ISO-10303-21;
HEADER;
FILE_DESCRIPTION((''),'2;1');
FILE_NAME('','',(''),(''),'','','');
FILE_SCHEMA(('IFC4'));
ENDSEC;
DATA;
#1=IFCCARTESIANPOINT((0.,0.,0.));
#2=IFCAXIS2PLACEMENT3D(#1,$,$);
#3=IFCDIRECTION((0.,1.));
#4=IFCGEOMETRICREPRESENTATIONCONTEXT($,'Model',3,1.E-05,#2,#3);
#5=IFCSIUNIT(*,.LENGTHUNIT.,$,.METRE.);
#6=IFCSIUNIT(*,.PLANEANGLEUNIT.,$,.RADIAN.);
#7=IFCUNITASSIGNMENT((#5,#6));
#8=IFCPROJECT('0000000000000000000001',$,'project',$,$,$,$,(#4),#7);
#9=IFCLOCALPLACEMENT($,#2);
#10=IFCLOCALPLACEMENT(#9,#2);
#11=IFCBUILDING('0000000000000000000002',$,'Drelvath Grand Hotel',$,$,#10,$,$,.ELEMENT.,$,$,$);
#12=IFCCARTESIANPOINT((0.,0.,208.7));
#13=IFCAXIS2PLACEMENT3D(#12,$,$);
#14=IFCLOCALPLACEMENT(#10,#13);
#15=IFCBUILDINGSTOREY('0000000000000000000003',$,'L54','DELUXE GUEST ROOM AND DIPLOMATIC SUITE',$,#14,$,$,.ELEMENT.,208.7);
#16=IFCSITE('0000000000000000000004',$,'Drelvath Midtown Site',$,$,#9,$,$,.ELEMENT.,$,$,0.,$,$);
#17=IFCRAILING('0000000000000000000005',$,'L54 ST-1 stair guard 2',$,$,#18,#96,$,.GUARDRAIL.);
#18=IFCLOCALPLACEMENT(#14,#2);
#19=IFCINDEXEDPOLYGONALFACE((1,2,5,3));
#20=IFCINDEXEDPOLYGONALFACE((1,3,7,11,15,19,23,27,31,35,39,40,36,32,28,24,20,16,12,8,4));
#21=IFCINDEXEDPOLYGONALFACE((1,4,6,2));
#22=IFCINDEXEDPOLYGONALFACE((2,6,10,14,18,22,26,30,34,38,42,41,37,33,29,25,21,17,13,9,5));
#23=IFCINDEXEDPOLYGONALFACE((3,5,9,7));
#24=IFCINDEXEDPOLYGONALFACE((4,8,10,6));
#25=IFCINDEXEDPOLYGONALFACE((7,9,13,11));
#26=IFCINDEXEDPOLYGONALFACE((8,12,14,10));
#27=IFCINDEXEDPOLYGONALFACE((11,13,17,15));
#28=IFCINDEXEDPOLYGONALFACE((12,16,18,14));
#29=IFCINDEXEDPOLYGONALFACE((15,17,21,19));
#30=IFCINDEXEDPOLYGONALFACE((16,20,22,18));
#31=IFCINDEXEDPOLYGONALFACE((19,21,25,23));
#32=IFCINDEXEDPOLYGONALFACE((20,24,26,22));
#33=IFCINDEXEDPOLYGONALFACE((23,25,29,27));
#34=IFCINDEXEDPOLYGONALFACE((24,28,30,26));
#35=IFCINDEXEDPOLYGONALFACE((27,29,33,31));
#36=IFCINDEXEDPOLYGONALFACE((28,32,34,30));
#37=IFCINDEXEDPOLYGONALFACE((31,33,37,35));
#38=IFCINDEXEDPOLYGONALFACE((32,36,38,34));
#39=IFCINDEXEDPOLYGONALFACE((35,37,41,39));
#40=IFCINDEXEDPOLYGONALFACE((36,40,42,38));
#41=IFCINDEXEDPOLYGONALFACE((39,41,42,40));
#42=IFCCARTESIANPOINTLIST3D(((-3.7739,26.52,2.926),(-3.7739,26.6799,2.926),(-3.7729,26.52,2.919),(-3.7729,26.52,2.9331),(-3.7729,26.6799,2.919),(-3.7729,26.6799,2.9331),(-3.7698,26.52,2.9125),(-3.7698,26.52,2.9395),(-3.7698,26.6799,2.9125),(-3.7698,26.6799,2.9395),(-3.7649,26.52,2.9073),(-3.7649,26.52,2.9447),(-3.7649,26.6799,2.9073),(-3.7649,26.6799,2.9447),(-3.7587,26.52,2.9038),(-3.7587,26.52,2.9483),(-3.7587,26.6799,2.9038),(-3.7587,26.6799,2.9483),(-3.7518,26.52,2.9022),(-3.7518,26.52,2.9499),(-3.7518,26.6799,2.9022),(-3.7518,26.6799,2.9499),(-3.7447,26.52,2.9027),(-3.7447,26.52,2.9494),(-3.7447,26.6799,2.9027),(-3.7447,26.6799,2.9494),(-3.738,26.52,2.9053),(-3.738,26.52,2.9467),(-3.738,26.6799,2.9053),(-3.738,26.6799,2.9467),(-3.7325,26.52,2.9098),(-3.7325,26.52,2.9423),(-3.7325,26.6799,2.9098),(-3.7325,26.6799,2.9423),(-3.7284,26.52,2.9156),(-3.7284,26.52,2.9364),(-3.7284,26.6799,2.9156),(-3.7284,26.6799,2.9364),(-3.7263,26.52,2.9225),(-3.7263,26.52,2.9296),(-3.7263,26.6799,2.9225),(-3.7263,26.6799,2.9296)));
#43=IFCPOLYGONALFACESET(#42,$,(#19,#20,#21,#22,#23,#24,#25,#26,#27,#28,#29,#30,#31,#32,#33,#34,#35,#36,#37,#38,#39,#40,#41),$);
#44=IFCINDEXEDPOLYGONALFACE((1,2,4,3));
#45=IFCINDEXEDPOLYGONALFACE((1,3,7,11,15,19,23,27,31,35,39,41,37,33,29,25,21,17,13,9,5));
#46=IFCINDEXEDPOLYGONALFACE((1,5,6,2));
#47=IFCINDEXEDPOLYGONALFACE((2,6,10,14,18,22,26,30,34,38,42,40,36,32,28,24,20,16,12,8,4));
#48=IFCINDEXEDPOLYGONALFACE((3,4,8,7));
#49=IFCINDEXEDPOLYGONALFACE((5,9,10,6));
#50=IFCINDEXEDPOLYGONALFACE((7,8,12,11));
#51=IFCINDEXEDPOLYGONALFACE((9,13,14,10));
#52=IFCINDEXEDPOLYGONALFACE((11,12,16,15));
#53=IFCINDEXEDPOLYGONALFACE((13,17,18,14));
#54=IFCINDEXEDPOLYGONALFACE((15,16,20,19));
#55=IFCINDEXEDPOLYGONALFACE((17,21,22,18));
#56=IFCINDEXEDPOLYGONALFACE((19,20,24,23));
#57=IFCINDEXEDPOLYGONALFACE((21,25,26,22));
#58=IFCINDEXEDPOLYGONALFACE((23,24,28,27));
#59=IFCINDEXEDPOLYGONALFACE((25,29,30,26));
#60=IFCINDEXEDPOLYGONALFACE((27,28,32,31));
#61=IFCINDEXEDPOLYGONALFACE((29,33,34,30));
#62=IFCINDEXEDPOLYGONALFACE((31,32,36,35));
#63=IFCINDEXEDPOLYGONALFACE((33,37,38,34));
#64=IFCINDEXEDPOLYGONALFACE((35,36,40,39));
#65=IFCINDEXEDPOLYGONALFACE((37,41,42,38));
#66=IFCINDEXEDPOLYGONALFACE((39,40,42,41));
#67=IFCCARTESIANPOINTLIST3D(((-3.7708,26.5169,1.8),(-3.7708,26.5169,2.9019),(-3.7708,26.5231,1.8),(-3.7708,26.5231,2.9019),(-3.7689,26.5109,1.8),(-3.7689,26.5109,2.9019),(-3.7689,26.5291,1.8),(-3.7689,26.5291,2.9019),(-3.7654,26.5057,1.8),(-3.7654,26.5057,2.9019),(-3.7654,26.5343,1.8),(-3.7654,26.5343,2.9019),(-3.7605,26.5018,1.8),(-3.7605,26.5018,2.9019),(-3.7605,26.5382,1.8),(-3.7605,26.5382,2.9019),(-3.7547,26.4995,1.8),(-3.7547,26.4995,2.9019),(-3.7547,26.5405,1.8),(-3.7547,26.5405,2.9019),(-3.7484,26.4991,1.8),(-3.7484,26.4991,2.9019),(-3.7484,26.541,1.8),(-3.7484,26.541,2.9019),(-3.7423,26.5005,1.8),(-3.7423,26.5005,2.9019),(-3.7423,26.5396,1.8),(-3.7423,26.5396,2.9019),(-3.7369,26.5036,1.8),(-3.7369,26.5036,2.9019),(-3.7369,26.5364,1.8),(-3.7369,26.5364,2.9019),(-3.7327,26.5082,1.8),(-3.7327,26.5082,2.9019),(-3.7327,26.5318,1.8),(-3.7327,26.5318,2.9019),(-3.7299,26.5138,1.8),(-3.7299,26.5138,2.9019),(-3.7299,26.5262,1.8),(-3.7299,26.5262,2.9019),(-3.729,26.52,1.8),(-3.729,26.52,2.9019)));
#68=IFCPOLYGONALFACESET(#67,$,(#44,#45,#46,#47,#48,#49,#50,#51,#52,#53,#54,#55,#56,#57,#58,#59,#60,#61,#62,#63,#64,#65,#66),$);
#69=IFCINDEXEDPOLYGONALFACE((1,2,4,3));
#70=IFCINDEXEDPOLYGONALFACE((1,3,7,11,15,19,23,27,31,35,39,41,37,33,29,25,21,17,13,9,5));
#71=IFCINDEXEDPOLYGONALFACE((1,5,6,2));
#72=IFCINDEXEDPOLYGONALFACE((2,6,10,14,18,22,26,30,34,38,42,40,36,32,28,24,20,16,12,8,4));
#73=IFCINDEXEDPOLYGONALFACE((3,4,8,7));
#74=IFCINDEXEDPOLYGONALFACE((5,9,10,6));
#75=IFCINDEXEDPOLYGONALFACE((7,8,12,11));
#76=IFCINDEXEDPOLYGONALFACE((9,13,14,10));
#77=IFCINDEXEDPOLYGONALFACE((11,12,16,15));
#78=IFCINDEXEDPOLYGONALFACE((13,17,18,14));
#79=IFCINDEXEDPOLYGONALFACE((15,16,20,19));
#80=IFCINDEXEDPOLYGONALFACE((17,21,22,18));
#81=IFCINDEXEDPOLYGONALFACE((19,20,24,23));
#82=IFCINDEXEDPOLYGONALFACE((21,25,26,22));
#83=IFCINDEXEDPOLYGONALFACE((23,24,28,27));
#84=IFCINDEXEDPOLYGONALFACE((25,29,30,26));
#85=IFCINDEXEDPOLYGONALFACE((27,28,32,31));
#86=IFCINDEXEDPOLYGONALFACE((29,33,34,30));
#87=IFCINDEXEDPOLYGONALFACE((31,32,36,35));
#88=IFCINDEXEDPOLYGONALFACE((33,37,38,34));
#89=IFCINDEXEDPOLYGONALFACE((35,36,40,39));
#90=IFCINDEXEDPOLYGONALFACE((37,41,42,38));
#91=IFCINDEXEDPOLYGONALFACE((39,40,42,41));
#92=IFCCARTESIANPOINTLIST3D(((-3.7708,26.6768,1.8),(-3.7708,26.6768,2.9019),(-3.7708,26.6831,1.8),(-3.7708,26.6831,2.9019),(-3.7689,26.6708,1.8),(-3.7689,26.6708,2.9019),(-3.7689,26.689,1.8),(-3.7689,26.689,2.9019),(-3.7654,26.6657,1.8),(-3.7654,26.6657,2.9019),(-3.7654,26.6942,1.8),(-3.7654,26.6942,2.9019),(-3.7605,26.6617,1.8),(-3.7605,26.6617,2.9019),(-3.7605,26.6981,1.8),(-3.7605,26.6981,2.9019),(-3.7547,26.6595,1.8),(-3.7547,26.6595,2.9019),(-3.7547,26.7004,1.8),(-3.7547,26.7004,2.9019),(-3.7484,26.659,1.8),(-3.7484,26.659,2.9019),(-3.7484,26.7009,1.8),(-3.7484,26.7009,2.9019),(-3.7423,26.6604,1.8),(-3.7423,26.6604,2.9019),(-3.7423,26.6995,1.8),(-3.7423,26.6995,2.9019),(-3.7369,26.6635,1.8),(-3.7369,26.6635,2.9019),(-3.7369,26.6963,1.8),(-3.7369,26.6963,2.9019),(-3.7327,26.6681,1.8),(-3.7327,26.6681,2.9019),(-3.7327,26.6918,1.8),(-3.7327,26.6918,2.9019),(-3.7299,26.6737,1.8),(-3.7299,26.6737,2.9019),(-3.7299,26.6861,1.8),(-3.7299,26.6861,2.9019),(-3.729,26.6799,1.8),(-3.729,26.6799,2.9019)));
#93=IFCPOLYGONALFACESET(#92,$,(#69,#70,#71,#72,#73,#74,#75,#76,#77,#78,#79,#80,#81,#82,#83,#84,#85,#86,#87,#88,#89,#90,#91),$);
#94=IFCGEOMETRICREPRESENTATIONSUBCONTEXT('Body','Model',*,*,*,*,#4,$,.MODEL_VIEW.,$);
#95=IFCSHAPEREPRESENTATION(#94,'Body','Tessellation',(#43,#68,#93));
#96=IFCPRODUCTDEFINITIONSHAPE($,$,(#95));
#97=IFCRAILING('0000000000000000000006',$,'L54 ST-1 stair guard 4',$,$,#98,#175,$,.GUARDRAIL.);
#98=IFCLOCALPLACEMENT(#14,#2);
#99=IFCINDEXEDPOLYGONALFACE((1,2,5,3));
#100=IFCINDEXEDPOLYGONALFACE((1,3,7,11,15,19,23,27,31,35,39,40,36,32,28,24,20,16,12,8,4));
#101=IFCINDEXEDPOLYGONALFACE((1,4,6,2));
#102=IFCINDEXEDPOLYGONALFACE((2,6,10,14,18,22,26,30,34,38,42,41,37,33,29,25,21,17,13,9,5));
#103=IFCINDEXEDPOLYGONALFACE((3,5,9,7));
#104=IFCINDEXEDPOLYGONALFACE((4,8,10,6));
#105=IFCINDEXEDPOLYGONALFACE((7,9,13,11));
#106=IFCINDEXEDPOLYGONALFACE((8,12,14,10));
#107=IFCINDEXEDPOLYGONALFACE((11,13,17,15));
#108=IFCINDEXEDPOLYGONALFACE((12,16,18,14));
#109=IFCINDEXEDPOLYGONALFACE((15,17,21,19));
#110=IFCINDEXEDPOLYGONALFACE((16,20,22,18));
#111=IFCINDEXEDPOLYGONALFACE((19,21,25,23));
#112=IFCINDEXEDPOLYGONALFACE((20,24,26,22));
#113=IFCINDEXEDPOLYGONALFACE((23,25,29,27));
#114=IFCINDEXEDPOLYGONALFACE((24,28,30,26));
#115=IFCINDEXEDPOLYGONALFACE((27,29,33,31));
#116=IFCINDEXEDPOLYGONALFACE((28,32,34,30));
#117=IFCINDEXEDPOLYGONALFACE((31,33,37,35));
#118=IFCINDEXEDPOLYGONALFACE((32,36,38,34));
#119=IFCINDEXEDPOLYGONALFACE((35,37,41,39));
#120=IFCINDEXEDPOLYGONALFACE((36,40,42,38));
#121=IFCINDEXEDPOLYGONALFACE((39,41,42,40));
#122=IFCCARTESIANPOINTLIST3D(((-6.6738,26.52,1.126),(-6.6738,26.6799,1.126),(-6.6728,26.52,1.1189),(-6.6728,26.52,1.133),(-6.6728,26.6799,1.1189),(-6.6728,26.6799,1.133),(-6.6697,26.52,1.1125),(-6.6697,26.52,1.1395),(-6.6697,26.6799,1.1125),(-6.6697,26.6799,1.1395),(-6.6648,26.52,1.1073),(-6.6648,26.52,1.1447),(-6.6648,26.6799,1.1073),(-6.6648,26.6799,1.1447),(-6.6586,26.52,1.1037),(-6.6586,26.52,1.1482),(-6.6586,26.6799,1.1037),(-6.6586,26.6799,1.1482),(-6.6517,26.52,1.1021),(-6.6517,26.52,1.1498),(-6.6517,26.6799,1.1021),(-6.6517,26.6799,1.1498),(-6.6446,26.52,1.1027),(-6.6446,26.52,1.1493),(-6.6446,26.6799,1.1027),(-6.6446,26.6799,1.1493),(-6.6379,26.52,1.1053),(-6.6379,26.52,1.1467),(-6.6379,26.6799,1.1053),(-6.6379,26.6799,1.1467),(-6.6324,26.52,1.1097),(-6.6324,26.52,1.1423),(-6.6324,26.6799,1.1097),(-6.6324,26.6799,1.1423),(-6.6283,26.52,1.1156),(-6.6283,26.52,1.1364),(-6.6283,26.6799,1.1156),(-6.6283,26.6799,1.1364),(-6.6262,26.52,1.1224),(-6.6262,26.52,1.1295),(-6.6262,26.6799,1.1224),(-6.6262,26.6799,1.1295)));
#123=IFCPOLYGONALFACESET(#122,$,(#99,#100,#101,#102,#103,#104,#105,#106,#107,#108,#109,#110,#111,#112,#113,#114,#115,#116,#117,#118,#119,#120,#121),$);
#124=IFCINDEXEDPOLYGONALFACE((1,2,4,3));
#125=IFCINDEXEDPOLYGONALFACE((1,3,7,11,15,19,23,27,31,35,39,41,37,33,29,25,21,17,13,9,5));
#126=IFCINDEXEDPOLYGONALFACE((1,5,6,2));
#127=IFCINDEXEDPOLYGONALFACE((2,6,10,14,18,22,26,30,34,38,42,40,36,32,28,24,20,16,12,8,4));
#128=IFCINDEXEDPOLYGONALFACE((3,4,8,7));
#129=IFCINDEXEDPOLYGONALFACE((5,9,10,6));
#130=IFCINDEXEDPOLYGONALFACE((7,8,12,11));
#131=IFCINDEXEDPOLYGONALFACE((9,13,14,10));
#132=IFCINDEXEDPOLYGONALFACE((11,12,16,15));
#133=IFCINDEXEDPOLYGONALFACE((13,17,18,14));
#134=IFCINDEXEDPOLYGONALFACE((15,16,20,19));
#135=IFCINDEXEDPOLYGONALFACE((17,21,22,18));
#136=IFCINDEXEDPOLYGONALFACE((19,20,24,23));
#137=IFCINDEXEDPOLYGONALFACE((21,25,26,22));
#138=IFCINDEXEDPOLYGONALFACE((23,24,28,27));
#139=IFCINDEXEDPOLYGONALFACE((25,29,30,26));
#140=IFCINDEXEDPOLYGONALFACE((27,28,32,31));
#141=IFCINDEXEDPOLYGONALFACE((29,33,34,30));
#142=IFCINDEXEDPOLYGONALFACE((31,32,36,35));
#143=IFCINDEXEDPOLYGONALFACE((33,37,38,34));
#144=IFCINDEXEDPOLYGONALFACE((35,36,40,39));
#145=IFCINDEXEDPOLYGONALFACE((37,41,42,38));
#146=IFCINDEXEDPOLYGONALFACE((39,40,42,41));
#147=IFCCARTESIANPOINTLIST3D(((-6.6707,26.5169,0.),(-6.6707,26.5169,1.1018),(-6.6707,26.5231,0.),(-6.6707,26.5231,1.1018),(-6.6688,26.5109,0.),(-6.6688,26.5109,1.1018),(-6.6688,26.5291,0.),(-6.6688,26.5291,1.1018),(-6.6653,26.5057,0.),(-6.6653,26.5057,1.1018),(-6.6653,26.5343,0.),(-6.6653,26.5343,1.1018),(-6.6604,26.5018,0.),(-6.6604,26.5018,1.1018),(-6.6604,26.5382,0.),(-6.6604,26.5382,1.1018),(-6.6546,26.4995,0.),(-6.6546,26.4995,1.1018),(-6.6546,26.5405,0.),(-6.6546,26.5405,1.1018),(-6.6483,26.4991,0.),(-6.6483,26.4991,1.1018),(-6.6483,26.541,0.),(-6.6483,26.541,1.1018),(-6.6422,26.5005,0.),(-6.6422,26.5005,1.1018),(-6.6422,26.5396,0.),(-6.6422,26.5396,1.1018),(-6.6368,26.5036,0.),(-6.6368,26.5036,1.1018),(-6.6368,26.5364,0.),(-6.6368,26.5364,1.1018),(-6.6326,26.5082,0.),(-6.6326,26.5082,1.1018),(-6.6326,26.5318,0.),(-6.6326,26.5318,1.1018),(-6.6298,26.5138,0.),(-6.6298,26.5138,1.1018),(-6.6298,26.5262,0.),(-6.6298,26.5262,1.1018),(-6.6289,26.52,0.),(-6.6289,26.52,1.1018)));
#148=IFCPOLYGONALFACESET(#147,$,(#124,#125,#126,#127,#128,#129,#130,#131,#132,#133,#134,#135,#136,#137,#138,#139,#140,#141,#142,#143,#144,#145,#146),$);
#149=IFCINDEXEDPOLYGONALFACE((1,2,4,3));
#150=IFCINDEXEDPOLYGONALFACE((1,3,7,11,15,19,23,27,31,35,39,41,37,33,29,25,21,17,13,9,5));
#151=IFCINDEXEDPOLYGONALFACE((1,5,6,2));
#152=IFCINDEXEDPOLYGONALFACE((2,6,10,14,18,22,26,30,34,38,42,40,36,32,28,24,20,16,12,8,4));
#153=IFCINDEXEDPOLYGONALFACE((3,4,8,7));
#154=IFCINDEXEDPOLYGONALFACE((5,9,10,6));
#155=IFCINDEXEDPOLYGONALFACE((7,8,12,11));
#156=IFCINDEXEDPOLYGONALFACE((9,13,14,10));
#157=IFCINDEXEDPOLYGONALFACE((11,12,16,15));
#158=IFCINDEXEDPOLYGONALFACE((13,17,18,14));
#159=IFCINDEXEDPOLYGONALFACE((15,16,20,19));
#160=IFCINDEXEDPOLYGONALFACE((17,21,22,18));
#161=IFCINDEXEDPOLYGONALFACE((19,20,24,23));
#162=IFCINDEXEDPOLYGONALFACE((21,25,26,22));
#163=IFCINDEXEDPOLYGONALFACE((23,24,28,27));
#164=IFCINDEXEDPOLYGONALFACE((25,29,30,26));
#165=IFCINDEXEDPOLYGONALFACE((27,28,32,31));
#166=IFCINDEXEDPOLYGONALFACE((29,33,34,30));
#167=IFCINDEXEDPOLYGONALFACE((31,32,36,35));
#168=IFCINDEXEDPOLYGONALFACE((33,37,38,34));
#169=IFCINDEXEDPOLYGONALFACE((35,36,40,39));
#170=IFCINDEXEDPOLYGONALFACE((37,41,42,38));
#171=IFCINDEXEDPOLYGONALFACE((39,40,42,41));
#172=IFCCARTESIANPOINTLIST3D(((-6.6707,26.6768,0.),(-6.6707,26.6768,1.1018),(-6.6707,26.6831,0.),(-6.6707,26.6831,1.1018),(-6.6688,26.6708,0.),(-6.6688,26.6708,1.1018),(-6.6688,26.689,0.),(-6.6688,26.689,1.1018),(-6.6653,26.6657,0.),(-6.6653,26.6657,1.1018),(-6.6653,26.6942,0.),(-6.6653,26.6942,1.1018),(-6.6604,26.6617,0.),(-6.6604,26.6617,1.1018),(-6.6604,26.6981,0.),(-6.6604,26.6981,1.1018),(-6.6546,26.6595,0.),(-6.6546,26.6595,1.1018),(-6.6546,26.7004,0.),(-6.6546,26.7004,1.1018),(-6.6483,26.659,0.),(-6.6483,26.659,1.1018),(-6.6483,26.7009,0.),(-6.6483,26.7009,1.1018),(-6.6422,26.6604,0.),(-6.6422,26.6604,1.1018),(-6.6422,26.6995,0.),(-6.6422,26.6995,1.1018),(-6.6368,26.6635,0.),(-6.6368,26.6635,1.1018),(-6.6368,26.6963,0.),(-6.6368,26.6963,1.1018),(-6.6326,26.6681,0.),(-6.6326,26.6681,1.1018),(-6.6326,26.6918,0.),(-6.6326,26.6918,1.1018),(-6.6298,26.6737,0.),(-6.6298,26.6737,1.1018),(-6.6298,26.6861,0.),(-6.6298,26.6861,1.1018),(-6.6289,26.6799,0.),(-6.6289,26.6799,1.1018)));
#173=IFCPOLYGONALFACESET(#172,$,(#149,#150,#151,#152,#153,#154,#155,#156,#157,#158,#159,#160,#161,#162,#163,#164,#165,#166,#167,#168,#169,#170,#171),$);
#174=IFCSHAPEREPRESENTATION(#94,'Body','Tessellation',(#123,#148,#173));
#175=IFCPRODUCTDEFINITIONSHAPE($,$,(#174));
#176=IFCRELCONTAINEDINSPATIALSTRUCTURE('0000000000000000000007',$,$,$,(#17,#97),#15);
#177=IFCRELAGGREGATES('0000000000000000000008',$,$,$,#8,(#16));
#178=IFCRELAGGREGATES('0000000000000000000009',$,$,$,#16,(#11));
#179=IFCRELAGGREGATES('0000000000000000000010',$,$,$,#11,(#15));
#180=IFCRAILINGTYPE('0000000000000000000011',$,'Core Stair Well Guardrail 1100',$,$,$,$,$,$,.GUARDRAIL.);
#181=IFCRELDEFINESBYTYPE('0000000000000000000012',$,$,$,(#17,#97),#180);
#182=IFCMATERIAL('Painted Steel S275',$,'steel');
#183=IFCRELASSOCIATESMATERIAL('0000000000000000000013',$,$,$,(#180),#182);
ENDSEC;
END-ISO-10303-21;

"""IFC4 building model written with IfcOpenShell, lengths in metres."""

from ifc_helpers import new_model, si_unit, direction, frame, origin, origin_2d, place, context, subcontext, project, spatial, circle, extrude, material, type_object, element, save


model = new_model("IFC4")

# Units and contexts
model_context = context("Model", 3, precision=1e-05, world=origin(), true_north=direction((0.0, 1.0)))
body_context = subcontext(model_context, "Body", "Model", "MODEL_VIEW")
ifc_project = project(units=[si_unit("LENGTHUNIT", "METRE"), si_unit("PLANEANGLEUNIT", "RADIAN")], contexts=[model_context])

# Site, building, storey
site_placement = place(None, origin())
site = spatial("IfcSite", under=ifc_project, at=site_placement, Name="Drelvath Midtown Site", CompositionType="ELEMENT", RefElevation=0.0)
building_placement = place(site_placement, origin())
building = spatial("IfcBuilding", under=site, at=building_placement, Name="Drelvath Grand Hotel", CompositionType="ELEMENT")
storey_placement = place(building_placement, frame((0.0, 0.0, 208.7)))
storey = spatial("IfcBuildingStorey", under=building, at=storey_placement, Name="L54", Description="DELUXE GUEST ROOM AND DIPLOMATIC SUITE", CompositionType="ELEMENT", Elevation=208.7)

# Shared definitions
ifc_material_1 = material(Name="Painted Steel S275", Category="steel")

# Railings
railing_type_1 = type_object("IfcRailingType", Name="Core Stair Well Guardrail 1100", PredefinedType="GUARDRAIL", material=ifc_material_1)
for number, where, name in (
    (1, (-3.75, 26.52, 1.8), "L54 ST-1 stair guard 2"),
    (2, (-6.6499, 26.52, 0.0), "L54 ST-1 stair guard 4"),
):
    element("IfcRailing", number, at=place(storey_placement, frame(where)), inside=storey, type_object=railing_type_1, Name=name, PredefinedType="GUARDRAIL", context=body_context, shape_type="SweptSolid", body=[
        extrude(circle(Radius=0.0239, at=origin_2d()), frame((0.0, 0.0, 1.126), z_axis=(0.0, 1.0, 0.0), x_axis=(-1.0, 0.0, 0.0)), (0.0, 0.0, 1.0), 0.1599),
        extrude(circle(Radius=0.021, at=origin_2d()), origin(), (0.0, 0.0, 1.0), 1.1018),
        extrude(circle(Radius=0.021, at=origin_2d()), frame((0.0, 0.1599, 0.0)), (0.0, 0.0, 1.0), 1.1018),
    ])

save(model, "model.ifc")
